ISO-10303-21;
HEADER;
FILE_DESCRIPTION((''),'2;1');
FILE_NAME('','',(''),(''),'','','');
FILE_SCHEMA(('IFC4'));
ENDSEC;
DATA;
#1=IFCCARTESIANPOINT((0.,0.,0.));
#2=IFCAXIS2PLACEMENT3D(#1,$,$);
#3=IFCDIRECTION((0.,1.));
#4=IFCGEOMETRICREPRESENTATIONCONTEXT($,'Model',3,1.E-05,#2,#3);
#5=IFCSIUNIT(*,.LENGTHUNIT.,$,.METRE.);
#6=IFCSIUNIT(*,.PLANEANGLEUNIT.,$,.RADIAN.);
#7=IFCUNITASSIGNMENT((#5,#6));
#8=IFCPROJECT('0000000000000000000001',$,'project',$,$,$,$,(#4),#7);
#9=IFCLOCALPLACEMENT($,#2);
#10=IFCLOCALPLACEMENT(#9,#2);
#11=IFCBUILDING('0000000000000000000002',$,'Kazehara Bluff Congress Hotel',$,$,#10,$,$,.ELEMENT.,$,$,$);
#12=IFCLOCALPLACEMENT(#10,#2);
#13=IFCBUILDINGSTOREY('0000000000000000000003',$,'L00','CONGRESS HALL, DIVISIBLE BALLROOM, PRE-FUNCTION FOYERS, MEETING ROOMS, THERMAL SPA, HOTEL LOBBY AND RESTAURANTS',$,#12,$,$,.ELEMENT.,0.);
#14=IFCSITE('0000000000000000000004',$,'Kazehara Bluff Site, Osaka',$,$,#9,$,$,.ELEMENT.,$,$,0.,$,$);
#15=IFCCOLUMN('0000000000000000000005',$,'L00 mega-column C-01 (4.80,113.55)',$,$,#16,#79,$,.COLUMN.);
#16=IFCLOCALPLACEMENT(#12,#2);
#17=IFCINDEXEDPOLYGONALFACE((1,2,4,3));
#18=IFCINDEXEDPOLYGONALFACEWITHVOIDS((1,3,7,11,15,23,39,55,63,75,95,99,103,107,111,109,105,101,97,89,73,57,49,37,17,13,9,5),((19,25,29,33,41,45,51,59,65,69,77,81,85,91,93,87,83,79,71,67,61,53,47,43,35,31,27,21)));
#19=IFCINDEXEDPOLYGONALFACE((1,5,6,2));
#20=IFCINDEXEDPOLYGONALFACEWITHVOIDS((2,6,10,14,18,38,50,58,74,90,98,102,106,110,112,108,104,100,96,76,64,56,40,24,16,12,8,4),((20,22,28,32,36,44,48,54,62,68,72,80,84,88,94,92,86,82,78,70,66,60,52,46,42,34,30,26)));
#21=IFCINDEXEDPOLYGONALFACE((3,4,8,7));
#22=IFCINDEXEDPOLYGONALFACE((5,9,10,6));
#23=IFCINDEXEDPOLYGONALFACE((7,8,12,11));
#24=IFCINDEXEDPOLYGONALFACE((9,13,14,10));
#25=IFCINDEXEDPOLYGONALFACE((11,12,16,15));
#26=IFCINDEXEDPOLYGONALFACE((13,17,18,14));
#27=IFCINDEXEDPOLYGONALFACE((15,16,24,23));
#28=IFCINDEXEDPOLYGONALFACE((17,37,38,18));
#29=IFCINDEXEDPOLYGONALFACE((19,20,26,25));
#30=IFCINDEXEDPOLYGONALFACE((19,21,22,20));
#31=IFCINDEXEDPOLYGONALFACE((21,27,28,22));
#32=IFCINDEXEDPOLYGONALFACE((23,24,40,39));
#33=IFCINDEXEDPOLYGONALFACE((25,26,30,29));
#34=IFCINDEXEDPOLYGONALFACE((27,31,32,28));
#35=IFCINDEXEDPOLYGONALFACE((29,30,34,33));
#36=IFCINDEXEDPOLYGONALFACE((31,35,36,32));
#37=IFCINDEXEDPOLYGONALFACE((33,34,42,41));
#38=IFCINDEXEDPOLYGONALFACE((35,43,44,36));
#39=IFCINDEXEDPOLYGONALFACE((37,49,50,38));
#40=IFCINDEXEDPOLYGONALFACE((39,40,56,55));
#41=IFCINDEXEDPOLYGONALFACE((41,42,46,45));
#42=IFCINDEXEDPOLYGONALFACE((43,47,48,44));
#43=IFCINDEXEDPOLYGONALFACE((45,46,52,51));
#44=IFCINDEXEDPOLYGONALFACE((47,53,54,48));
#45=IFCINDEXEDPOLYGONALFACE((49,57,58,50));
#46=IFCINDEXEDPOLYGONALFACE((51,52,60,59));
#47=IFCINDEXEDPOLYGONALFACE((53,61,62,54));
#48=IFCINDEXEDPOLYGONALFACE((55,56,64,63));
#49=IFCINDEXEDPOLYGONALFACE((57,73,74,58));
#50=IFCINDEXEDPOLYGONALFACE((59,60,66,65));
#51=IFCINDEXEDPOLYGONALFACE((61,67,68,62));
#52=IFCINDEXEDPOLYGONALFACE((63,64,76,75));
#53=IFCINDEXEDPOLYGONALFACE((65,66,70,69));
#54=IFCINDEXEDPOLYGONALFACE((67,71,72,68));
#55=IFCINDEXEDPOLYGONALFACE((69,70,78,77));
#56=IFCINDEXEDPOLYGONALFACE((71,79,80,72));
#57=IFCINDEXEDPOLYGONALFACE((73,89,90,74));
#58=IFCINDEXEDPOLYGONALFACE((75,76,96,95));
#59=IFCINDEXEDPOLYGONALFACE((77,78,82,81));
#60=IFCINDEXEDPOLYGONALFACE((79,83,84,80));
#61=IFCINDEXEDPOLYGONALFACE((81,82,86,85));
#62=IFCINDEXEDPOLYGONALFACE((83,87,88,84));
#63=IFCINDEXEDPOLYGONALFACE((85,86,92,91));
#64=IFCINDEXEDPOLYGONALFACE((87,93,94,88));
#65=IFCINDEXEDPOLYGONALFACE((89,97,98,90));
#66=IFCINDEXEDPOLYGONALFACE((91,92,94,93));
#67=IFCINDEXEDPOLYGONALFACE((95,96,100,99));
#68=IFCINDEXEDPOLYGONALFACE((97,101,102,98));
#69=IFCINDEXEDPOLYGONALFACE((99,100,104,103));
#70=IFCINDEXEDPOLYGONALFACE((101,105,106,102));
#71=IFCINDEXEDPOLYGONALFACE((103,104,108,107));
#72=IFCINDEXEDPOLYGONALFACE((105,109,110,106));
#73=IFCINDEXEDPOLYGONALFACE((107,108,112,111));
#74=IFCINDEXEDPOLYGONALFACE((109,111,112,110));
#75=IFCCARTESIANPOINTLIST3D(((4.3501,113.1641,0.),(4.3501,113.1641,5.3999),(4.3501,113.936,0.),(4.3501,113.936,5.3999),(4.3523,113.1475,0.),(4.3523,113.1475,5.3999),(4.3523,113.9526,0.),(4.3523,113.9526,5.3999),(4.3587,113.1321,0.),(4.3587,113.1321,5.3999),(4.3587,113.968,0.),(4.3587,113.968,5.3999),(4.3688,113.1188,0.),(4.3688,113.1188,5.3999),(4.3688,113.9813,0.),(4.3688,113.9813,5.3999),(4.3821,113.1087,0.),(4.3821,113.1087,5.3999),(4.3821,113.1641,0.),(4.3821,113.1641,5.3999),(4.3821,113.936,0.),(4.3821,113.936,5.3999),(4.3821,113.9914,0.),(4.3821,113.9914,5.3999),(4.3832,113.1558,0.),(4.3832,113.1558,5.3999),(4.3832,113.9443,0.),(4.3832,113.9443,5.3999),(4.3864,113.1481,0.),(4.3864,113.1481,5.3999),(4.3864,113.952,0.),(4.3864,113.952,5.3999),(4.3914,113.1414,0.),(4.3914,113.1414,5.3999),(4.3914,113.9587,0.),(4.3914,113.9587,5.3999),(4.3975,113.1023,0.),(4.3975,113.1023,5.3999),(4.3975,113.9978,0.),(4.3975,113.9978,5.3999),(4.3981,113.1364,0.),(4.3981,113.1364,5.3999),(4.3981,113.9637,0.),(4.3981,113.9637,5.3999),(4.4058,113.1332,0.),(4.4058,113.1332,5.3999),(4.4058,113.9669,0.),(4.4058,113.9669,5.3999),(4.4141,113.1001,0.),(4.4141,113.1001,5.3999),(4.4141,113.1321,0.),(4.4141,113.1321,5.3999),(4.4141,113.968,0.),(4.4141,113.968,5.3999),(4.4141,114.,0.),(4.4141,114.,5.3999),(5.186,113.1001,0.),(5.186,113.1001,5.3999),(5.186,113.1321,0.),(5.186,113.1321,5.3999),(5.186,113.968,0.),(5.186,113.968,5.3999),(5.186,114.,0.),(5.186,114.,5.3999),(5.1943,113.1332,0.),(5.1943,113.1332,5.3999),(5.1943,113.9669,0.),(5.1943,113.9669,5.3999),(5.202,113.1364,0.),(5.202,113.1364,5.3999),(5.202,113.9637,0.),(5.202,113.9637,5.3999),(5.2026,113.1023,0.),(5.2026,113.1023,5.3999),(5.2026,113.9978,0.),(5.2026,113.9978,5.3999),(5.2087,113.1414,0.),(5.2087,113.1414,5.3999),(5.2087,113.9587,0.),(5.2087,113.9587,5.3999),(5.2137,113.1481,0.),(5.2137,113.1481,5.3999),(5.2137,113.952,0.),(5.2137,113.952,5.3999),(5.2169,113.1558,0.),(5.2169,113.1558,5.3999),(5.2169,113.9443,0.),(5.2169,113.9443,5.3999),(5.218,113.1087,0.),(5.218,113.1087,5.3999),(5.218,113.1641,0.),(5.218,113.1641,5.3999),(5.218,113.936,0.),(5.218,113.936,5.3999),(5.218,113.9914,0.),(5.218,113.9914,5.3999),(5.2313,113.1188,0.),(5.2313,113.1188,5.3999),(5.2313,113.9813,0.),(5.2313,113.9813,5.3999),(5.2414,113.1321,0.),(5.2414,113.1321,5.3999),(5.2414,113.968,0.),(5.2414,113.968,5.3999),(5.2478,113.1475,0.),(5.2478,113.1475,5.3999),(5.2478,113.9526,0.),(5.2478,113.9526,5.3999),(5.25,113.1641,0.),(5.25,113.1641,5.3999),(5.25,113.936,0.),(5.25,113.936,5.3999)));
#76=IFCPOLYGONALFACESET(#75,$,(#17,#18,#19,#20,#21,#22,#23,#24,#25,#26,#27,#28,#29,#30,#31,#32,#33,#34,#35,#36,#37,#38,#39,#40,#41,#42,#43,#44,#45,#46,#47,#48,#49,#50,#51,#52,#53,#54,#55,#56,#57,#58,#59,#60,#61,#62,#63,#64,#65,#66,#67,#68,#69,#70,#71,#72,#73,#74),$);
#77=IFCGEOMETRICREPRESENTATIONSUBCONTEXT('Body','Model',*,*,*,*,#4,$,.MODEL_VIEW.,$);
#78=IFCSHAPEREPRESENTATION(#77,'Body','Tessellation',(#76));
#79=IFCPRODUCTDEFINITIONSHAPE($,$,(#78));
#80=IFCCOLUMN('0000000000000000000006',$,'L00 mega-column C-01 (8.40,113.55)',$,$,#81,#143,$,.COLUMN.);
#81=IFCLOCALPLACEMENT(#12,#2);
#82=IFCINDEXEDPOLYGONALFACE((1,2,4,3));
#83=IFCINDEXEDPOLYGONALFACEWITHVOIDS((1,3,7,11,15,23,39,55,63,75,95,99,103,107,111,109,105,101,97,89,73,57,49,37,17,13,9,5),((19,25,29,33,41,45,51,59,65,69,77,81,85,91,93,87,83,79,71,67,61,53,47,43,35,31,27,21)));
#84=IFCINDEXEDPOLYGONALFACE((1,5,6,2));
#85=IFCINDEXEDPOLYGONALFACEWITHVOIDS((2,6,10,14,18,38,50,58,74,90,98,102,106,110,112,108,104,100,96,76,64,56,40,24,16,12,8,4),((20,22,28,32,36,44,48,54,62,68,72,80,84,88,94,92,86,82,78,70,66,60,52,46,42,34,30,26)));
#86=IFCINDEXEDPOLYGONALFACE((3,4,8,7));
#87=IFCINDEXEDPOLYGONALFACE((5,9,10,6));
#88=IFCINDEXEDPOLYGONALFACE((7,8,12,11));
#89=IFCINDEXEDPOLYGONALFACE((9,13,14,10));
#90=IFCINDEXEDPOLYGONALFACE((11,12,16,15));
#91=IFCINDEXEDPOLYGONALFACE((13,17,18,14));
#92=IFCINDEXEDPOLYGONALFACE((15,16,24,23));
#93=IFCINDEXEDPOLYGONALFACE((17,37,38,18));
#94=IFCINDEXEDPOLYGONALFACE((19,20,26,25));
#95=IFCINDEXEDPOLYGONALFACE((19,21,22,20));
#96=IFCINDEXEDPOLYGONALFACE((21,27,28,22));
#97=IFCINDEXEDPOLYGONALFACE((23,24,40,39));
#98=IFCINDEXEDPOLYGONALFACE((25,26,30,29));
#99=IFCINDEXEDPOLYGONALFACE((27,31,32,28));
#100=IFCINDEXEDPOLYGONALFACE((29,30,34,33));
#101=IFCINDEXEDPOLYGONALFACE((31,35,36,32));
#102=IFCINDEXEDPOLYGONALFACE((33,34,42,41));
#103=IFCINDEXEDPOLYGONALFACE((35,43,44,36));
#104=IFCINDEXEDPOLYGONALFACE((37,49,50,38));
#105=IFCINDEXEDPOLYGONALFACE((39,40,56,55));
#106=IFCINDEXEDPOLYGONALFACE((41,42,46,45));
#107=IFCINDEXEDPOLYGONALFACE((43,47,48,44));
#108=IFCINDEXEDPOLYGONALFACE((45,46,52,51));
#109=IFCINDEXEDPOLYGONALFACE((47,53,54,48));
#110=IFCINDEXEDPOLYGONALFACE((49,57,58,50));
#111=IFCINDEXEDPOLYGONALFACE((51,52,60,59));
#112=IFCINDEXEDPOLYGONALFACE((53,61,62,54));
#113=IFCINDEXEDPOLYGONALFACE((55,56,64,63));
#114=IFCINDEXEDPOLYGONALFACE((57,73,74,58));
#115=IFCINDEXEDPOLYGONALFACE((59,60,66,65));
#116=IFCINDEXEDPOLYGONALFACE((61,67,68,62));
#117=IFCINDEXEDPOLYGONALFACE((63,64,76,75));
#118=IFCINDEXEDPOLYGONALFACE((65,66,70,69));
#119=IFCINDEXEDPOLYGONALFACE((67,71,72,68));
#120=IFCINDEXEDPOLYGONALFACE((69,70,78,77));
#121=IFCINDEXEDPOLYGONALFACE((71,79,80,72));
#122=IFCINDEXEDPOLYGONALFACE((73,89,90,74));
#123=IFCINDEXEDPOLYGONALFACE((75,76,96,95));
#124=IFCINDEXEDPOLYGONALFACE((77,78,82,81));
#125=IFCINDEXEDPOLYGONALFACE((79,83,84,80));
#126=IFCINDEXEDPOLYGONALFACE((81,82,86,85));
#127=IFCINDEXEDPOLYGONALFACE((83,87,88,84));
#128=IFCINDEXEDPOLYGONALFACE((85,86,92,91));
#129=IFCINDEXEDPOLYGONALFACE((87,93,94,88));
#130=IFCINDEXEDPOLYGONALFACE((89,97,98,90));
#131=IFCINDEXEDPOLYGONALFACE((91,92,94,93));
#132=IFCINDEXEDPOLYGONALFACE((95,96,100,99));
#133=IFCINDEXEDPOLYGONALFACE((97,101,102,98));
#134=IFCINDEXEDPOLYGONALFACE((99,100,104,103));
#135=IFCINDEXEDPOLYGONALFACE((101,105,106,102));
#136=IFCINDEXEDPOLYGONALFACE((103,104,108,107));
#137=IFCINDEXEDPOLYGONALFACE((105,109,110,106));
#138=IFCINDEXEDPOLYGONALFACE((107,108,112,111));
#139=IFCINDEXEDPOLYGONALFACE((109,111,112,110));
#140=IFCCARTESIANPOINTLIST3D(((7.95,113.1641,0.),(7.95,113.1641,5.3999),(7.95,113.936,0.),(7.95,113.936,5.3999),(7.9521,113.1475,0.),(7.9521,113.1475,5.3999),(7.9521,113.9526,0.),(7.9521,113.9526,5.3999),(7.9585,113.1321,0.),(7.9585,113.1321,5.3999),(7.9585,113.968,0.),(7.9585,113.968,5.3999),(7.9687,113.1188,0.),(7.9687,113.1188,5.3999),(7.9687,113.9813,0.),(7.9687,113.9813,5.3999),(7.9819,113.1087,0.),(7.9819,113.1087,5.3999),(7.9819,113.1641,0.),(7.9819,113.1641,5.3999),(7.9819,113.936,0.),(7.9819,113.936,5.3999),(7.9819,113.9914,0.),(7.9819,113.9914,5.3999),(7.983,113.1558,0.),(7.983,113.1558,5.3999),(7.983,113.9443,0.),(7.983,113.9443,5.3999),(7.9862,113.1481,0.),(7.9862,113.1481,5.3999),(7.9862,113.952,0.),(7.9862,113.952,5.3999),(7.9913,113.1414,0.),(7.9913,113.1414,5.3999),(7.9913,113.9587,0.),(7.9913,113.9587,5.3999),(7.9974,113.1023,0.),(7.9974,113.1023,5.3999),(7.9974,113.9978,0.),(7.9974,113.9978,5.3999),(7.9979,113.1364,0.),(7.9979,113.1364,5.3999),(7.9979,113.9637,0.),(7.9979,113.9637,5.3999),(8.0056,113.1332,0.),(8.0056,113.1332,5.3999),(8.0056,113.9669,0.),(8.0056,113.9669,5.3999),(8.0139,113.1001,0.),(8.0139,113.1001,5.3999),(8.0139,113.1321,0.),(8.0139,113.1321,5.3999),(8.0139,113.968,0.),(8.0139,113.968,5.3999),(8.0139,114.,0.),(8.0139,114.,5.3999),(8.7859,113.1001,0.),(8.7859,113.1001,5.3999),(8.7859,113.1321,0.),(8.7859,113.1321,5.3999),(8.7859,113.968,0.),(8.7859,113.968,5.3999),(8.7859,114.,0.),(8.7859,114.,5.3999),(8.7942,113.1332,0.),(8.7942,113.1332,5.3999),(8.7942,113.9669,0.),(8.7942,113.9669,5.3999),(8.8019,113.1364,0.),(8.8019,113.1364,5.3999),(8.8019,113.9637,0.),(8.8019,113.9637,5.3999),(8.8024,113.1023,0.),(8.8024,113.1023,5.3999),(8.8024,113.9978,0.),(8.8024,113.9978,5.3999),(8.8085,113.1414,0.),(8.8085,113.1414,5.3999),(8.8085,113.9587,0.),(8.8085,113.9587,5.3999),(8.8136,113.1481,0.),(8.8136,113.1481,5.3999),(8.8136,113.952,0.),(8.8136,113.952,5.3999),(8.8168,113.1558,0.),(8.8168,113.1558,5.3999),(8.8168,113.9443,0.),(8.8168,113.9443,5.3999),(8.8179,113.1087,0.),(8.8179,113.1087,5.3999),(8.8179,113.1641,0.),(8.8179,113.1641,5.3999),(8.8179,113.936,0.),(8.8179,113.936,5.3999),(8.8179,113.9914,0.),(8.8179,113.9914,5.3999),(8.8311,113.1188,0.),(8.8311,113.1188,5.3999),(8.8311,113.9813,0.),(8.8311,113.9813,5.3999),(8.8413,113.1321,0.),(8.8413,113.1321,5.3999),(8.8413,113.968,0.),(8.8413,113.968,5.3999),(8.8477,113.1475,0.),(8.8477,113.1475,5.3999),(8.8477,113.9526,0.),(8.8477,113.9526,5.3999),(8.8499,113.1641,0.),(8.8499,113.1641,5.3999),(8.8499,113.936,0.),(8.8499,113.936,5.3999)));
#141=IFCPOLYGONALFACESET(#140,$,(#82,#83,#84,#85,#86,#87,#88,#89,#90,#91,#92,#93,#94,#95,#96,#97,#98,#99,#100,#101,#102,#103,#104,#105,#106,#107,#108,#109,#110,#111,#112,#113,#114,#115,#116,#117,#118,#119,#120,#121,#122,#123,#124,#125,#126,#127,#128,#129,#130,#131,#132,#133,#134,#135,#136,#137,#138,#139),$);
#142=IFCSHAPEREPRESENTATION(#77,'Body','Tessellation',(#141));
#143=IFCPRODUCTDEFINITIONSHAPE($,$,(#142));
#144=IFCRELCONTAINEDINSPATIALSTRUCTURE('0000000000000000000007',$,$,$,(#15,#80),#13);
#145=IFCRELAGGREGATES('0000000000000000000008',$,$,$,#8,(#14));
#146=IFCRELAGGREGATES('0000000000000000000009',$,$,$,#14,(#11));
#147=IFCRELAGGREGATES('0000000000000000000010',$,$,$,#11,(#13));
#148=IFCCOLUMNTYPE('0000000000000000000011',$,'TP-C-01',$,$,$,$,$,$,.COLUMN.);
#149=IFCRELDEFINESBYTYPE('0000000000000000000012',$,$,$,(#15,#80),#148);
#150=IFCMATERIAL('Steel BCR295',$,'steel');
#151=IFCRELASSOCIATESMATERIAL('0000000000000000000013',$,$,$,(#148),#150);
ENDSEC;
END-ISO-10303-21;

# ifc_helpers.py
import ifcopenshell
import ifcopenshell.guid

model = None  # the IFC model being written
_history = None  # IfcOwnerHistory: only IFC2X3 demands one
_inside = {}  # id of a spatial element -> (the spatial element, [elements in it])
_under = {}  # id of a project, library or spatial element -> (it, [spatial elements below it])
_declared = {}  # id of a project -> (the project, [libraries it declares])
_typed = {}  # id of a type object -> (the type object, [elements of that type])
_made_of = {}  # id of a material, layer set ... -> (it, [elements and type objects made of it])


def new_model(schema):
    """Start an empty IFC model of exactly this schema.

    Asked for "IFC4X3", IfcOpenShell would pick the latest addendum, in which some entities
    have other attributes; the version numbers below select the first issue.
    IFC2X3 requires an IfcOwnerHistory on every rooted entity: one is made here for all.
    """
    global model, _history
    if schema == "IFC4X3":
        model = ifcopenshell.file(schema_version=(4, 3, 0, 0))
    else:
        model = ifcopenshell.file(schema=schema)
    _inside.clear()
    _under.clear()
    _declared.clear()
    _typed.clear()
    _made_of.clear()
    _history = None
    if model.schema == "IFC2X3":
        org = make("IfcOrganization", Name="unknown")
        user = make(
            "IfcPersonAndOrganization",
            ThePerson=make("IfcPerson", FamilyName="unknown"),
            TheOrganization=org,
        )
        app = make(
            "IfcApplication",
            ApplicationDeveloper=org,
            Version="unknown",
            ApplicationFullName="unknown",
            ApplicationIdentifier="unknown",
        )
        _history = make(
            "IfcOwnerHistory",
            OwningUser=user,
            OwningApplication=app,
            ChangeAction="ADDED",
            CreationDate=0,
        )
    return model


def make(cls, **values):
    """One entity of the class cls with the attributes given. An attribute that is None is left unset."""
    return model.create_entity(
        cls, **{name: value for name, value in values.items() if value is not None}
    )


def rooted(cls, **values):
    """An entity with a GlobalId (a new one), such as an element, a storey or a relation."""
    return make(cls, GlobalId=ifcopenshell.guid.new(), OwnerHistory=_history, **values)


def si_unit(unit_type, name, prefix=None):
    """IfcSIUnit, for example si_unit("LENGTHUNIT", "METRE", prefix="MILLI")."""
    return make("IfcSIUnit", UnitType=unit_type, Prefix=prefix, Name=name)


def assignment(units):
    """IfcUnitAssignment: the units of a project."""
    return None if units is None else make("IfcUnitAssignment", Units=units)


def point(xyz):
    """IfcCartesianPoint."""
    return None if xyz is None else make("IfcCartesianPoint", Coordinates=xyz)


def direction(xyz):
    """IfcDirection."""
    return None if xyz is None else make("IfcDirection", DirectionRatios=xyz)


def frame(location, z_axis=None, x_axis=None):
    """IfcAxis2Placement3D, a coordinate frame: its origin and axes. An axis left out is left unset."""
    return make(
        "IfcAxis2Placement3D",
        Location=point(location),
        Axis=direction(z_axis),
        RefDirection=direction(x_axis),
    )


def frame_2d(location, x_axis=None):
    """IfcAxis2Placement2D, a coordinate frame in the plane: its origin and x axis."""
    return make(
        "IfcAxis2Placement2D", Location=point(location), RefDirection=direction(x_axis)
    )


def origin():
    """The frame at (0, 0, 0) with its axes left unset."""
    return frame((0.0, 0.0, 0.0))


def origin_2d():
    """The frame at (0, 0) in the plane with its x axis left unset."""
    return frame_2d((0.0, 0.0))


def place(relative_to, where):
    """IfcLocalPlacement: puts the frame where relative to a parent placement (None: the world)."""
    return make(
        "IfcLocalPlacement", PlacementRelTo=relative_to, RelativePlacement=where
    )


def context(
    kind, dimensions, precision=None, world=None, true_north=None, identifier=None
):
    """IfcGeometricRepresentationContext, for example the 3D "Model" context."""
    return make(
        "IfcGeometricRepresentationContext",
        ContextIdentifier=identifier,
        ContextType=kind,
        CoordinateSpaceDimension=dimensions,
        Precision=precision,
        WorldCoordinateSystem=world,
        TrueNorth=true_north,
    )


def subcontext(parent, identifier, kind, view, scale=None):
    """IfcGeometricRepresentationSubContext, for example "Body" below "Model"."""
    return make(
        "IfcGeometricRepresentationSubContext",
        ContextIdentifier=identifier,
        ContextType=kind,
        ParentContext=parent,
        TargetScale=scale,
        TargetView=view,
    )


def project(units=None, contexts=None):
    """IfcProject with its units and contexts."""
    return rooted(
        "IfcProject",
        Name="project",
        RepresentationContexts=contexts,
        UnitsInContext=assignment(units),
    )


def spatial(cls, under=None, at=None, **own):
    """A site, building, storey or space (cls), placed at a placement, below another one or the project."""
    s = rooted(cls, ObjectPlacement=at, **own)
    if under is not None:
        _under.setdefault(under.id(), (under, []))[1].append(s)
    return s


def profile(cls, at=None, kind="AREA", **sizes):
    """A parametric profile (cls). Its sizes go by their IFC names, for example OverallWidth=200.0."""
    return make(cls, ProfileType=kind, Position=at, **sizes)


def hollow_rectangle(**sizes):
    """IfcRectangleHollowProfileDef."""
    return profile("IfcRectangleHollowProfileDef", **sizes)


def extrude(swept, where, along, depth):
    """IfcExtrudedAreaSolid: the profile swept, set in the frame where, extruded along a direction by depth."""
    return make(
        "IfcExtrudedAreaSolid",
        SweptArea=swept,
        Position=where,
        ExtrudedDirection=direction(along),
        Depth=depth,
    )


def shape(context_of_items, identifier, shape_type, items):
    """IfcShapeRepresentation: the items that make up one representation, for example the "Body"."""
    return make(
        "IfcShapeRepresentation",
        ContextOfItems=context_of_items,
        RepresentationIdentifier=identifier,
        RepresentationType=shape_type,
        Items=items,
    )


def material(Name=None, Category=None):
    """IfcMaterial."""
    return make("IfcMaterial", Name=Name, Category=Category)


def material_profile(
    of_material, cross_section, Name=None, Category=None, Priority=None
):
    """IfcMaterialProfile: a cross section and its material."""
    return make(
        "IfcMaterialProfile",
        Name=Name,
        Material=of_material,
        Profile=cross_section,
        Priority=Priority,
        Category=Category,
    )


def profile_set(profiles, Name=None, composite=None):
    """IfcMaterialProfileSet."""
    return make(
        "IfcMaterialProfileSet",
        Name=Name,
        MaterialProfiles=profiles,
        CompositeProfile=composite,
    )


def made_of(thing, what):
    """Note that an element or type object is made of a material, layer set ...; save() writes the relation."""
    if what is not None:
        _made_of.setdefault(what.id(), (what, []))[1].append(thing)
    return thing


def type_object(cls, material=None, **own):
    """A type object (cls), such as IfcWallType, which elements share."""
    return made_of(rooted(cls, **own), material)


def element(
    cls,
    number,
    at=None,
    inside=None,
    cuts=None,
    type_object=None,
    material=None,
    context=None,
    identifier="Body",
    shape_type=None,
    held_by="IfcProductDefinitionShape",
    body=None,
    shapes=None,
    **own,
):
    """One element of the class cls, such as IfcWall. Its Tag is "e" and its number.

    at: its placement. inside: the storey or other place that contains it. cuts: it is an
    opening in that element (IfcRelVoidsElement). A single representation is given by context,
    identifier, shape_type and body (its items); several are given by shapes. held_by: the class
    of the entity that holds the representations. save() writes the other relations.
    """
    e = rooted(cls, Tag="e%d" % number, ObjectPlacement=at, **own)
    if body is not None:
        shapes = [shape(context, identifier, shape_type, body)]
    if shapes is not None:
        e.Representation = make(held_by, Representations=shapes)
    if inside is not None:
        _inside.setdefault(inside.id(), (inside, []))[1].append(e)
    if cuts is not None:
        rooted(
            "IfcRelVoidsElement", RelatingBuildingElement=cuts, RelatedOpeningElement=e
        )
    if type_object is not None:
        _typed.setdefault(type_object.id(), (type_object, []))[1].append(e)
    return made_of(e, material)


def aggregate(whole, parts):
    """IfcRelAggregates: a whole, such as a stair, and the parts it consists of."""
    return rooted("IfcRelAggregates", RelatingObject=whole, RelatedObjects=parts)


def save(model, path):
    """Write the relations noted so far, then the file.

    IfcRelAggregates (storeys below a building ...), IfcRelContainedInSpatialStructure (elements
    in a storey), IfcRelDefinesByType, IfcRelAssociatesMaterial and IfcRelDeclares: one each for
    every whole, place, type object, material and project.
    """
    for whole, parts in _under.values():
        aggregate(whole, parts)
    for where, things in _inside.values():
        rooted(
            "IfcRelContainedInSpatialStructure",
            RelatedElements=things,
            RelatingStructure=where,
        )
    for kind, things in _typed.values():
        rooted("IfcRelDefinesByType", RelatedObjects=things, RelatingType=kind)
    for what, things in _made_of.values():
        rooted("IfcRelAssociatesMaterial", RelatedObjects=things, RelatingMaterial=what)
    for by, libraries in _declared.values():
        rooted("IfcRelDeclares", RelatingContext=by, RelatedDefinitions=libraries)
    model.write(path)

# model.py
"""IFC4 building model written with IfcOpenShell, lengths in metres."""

from ifc_helpers import new_model, si_unit, direction, frame, origin, origin_2d, place, context, subcontext, project, spatial, hollow_rectangle, extrude, material, material_profile, profile_set, type_object, element, save


model = new_model("IFC4")

# Units and contexts
model_context = context("Model", 3, precision=1e-05, world=origin(), true_north=direction((0.0, 1.0)))
body_context = subcontext(model_context, "Body", "Model", "MODEL_VIEW")
ifc_project = project(units=[si_unit("LENGTHUNIT", "METRE"), si_unit("PLANEANGLEUNIT", "RADIAN")], contexts=[model_context])

# Site, building, storey
site_placement = place(None, origin())
site = spatial("IfcSite", under=ifc_project, at=site_placement, Name="Kazehara Bluff Site, Osaka", CompositionType="ELEMENT", RefElevation=0.0)
building_placement = place(site_placement, origin())
building = spatial("IfcBuilding", under=site, at=building_placement, Name="Kazehara Bluff Congress Hotel", CompositionType="ELEMENT")
storey_placement = place(building_placement, origin())
storey = spatial("IfcBuildingStorey", under=building, at=storey_placement, Name="L00", Description="CONGRESS HALL, DIVISIBLE BALLROOM, PRE-FUNCTION FOYERS, MEETING ROOMS, THERMAL SPA, HOTEL LOBBY AND RESTAURANTS", CompositionType="ELEMENT", Elevation=0.0)

# Columns
ifc_material_1 = material(Name="Steel BCR295", Category="steel")
ifc_material_profile_1 = material_profile(ifc_material_1, hollow_rectangle(XDim=0.8999, YDim=0.8999, WallThickness=0.032, InnerFilletRadius=0.032, OuterFilletRadius=0.064, at=origin_2d()))
ifc_profile_set_1 = profile_set([ifc_material_profile_1], Name="Steel BCR295")
column_type = type_object("IfcColumnType", Name="TP-C-01", PredefinedType="COLUMN", material=ifc_profile_set_1)
for number, where, z_axis, x_axis, name in (
    (1, (4.8, 113.55, 0.0), (0.0, 0.0, 1.0), (1.0, 0.0, 0.0), "L00 mega-column C-01 (4.80,113.55)"),
    (2, (8.3999, 113.55, 0.0), (0.0, 0.0, 1.0), (1.0, 0.0, 0.0), "L00 mega-column C-01 (8.40,113.55)"),
):
    element("IfcColumn", number, at=place(storey_placement, frame(where, z_axis=z_axis, x_axis=x_axis)), inside=storey, type_object=column_type, Name=name, PredefinedType="COLUMN", context=body_context, shape_type="SweptSolid", body=[
        extrude(hollow_rectangle(XDim=0.8999, YDim=0.8999, WallThickness=0.032, InnerFilletRadius=0.032, OuterFilletRadius=0.064, at=origin_2d()), origin(), (0.0, 0.0, 1.0), 5.3999),
    ])

save(model, "model.ifc")
